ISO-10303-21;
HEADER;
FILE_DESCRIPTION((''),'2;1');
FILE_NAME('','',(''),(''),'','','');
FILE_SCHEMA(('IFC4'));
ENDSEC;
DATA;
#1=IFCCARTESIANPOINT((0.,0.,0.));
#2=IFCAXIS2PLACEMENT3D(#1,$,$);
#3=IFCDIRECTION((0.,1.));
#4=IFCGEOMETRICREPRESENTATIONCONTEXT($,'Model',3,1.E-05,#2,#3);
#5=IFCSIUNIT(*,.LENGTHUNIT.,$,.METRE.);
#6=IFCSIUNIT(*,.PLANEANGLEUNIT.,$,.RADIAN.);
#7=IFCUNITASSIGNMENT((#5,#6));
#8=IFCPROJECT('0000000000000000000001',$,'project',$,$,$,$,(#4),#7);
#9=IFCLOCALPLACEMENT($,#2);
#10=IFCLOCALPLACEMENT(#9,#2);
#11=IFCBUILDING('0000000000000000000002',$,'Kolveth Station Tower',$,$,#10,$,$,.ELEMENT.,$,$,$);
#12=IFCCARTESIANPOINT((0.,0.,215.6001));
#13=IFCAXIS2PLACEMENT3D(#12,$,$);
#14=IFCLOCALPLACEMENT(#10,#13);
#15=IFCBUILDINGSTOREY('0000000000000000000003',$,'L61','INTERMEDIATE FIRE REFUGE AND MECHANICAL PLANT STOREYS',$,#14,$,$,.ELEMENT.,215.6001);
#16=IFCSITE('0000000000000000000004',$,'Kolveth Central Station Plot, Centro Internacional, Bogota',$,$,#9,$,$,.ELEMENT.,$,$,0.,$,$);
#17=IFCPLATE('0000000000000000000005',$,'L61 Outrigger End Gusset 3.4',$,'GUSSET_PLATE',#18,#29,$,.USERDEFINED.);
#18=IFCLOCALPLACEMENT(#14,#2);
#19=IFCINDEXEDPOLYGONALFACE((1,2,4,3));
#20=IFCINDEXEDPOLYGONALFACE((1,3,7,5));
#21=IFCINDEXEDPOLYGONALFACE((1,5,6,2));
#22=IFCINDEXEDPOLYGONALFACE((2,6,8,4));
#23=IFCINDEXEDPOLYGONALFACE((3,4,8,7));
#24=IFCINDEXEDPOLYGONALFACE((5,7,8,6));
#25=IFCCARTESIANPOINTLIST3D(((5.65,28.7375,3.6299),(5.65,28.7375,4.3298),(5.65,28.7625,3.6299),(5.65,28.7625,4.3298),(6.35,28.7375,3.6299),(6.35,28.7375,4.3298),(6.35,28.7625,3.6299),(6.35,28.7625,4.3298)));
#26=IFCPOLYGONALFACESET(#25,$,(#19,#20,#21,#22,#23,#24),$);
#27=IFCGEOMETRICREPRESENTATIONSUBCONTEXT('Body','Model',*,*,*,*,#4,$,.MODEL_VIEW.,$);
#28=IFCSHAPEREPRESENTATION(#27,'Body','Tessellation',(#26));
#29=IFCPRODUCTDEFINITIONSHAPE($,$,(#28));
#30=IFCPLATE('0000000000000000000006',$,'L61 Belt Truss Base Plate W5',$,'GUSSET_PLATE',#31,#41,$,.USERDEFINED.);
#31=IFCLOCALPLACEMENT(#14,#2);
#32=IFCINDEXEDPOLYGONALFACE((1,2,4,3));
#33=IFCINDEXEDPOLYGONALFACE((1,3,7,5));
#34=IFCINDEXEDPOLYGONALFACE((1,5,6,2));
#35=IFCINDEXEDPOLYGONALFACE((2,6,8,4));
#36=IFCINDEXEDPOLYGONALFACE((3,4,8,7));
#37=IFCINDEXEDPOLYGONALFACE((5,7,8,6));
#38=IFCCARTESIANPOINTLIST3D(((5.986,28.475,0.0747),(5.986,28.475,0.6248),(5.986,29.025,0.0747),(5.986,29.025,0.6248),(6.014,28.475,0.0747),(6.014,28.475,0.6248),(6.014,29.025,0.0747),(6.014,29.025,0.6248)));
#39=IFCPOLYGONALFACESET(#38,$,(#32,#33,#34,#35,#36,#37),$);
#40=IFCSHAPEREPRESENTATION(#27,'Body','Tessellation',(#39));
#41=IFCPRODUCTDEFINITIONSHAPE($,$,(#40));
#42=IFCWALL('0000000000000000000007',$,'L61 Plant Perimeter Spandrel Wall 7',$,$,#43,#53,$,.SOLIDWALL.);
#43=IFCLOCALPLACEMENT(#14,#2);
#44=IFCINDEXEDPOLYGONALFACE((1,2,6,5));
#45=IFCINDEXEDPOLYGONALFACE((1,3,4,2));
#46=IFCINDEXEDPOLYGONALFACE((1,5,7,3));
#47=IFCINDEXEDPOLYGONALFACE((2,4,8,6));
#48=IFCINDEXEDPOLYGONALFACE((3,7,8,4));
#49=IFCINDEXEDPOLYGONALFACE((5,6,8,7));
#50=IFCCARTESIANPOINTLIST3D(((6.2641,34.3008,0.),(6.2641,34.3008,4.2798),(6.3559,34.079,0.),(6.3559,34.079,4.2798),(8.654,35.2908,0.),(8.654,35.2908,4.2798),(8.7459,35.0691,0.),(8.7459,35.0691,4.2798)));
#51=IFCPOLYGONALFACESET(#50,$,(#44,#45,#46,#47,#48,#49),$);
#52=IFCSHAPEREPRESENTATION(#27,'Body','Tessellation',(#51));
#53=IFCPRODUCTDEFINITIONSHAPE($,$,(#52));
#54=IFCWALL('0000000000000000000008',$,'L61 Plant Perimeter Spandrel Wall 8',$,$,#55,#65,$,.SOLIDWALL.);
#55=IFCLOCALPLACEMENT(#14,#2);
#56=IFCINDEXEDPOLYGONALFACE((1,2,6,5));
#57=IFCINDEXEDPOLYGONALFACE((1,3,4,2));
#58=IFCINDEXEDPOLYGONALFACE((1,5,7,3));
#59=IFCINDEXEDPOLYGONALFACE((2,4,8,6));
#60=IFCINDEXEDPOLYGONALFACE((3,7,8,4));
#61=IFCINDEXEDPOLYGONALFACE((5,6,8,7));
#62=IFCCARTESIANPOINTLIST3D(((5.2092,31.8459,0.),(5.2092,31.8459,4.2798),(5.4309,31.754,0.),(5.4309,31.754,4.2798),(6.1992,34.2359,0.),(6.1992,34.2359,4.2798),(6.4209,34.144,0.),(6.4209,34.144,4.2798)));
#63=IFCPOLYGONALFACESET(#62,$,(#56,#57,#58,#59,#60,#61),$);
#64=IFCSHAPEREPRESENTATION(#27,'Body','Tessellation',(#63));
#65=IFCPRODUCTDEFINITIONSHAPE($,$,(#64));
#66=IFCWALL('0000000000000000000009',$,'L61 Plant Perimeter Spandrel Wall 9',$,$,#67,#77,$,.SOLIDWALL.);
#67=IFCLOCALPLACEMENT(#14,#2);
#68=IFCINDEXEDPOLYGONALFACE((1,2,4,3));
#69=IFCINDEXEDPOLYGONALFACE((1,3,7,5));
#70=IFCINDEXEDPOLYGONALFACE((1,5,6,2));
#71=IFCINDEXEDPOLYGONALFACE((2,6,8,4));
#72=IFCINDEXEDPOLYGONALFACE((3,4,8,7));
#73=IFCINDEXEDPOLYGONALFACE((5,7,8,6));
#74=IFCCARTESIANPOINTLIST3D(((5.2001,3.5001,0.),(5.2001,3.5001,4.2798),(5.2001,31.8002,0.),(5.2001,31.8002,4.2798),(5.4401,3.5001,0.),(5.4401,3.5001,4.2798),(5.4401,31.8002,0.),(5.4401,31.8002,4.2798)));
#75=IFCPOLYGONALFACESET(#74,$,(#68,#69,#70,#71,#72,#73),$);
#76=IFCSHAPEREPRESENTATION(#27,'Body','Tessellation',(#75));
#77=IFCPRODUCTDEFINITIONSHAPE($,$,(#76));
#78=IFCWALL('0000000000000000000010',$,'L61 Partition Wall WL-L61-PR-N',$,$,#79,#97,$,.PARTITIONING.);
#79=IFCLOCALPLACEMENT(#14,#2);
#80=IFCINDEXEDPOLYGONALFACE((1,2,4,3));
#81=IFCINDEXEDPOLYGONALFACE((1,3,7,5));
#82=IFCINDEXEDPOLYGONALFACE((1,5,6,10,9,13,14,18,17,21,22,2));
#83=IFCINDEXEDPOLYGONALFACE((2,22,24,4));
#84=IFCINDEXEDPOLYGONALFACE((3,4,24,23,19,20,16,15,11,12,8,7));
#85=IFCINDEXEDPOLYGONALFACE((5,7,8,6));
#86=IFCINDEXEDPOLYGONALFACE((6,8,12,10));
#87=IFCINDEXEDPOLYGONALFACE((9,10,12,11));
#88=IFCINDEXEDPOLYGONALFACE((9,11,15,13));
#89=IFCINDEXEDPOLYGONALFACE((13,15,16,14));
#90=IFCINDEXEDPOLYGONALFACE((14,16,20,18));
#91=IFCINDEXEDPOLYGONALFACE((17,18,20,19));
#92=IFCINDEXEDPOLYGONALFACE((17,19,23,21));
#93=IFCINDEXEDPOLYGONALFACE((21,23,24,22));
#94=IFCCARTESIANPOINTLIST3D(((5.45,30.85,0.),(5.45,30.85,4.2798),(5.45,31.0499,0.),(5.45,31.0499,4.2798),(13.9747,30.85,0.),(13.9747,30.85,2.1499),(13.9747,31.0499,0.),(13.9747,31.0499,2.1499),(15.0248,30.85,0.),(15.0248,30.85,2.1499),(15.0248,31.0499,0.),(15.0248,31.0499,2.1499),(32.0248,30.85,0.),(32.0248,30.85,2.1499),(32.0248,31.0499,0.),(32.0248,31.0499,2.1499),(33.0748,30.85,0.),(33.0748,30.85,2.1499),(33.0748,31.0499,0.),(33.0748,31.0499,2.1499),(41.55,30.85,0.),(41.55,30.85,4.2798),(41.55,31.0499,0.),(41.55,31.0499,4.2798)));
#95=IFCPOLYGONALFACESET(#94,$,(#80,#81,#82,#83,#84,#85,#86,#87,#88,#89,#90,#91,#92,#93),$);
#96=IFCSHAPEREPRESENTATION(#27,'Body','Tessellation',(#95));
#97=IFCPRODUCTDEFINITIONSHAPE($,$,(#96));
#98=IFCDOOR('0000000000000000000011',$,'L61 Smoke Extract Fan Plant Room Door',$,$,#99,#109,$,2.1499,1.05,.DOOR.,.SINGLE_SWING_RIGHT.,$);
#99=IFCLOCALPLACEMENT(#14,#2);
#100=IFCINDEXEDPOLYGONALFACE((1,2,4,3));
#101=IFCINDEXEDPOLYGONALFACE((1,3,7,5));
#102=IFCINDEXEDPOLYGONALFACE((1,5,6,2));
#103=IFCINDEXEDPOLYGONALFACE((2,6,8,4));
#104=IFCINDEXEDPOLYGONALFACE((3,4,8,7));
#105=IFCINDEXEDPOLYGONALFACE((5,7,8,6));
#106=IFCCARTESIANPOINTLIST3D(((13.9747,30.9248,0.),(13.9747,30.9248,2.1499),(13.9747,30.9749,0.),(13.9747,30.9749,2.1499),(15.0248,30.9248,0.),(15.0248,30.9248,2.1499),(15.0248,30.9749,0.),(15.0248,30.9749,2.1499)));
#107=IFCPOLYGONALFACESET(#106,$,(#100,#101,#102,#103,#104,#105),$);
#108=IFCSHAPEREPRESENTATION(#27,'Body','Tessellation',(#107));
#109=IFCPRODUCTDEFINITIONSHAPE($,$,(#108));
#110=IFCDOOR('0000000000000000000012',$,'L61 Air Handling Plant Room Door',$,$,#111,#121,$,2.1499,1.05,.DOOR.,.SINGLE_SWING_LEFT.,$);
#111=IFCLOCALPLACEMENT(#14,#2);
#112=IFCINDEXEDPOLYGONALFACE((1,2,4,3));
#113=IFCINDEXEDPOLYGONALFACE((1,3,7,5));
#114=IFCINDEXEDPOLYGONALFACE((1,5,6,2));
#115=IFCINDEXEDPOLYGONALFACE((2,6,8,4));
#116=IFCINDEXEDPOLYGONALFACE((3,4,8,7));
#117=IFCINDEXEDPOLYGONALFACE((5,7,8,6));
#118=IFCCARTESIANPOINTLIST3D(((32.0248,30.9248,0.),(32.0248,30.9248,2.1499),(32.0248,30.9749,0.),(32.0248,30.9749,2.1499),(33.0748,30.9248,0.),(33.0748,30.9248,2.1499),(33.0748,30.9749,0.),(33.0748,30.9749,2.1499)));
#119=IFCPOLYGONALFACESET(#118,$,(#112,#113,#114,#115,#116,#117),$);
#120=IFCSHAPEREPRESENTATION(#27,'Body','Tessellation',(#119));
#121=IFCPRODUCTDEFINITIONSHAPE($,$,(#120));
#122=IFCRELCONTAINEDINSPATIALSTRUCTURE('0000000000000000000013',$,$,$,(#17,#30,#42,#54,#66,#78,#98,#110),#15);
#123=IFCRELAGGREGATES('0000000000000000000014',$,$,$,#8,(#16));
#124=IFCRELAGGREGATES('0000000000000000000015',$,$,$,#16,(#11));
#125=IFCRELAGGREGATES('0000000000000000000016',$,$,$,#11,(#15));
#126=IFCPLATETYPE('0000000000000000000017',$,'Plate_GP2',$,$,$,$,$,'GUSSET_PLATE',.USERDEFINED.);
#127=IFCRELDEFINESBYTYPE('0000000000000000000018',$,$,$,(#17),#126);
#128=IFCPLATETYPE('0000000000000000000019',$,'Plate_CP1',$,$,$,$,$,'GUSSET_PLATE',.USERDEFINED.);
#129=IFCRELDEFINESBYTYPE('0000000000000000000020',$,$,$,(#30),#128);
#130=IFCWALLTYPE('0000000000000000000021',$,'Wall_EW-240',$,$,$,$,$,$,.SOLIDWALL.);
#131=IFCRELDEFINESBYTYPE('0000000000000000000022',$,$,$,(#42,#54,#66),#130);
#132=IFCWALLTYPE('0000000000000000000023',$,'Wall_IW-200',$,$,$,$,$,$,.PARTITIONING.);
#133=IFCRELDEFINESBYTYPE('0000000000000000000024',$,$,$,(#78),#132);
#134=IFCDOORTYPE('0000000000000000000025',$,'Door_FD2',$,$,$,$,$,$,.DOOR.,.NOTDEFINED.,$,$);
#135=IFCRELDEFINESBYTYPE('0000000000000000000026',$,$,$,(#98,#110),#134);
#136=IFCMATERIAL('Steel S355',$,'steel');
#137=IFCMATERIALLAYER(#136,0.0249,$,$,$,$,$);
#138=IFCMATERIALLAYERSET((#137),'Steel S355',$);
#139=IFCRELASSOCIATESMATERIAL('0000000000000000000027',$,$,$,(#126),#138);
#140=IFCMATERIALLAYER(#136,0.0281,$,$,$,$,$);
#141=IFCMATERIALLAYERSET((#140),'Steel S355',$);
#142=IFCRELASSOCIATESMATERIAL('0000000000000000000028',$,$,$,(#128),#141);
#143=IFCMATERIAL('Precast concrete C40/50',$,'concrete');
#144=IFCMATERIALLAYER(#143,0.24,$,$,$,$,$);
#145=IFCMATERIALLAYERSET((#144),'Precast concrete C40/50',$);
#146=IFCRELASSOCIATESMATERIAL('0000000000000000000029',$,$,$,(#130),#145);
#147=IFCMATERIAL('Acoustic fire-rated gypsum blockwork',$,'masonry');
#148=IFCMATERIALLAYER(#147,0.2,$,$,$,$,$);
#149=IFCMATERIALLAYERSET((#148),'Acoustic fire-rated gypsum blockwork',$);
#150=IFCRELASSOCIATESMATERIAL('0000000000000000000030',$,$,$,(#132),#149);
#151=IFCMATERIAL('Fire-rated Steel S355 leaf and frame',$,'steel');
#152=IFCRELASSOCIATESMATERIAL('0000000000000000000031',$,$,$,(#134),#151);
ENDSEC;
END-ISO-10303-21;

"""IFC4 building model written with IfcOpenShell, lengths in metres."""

from ifc_helpers import new_model, si_unit, direction, frame, frame_2d, origin, origin_2d, place, context, subcontext, project, spatial, rectangle, extrude, source, transform, mapped, material, layer, layer_set, type_object, element, fill, save


model = new_model("IFC4")

# Units and contexts
model_context = context("Model", 3, precision=1e-05, world=origin(), true_north=direction((0.0, 1.0)))
body_context = subcontext(model_context, "Body", "Model", "MODEL_VIEW")
ifc_project = project(units=[si_unit("LENGTHUNIT", "METRE"), si_unit("PLANEANGLEUNIT", "RADIAN")], contexts=[model_context])

# Site, building, storey
site_placement = place(None, origin())
site = spatial("IfcSite", under=ifc_project, at=site_placement, Name="Kolveth Central Station Plot, Centro Internacional, Bogota", CompositionType="ELEMENT", RefElevation=0.0)
building_placement = place(site_placement, origin())
building = spatial("IfcBuilding", under=site, at=building_placement, Name="Kolveth Station Tower", CompositionType="ELEMENT")
storey_placement = place(building_placement, frame((0.0, 0.0, 215.6001)))
storey = spatial("IfcBuildingStorey", under=building, at=storey_placement, Name="L61", Description="INTERMEDIATE FIRE REFUGE AND MECHANICAL PLANT STOREYS", CompositionType="ELEMENT", Elevation=215.6001)

# Shared definitions
ifc_material_1 = material(Name="Steel S355", Category="steel")

# Plates
ifc_layer_1 = layer(ifc_material_1, 0.0249)
ifc_layer_set_1 = layer_set([ifc_layer_1], Name="Steel S355")
plate_type_1 = type_object("IfcPlateType", Name="Plate_GP2", ElementType="GUSSET_PLATE", PredefinedType="USERDEFINED", material=ifc_layer_set_1)
shared_shape_1 = source(origin(), body_context, "Body", "SweptSolid", [
    extrude(rectangle(XDim=0.7, YDim=0.0249, at=origin_2d()), origin(), (0.0, 0.0, 1.0), 0.7),
])
for number, where, z_axis, x_axis, name in (
    (1, (6.0, 28.75, 3.6299), (0.0, 0.0, 1.0), (1.0, 0.0, 0.0), "L61 Outrigger End Gusset 3.4"),
):
    element("IfcPlate", number, at=place(storey_placement, frame(where, z_axis=z_axis, x_axis=x_axis)), inside=storey, type_object=plate_type_1, Name=name, ObjectType="GUSSET_PLATE", PredefinedType="USERDEFINED", context=body_context, shape_type="MappedRepresentation", body=[
        mapped(shared_shape_1, transform((0.0, 0.0, 0.0), x_axis=(1.0, 0.0, 0.0), y_axis=(0.0, 1.0, 0.0), z_axis=(0.0, 0.0, 1.0), scale=1.0)),
    ])
ifc_layer_2 = layer(ifc_material_1, 0.0281)
ifc_layer_set_2 = layer_set([ifc_layer_2], Name="Steel S355")
plate_type_2 = type_object("IfcPlateType", Name="Plate_CP1", ElementType="GUSSET_PLATE", PredefinedType="USERDEFINED", material=ifc_layer_set_2)
shared_shape_2 = source(origin(), body_context, "Body", "SweptSolid", [
    extrude(rectangle(XDim=0.0281, YDim=0.55, at=origin_2d()), origin(), (0.0, 0.0, 1.0), 0.55),
])
plate_placement = place(storey_placement, frame((6.0, 28.75, 0.0747), z_axis=(0.0, 0.0, 1.0), x_axis=(1.0, 0.0, 0.0)))
element("IfcPlate", 2, at=plate_placement, inside=storey, type_object=plate_type_2, Name="L61 Belt Truss Base Plate W5", ObjectType="GUSSET_PLATE", PredefinedType="USERDEFINED", context=body_context, shape_type="MappedRepresentation", body=[
    mapped(shared_shape_2, transform((0.0, 0.0, 0.0), x_axis=(1.0, 0.0, 0.0), y_axis=(0.0, 1.0, 0.0), z_axis=(0.0, 0.0, 1.0), scale=1.0)),
])

# Walls
ifc_material_2 = material(Name="Precast concrete C40/50", Category="concrete")
ifc_layer_3 = layer(ifc_material_2, 0.24)
ifc_layer_set_3 = layer_set([ifc_layer_3], Name="Precast concrete C40/50")
wall_type_1 = type_object("IfcWallType", Name="Wall_EW-240", PredefinedType="SOLIDWALL", material=ifc_layer_set_3)
for number, where, z_axis, x_axis, name in (
    (3, (8.7, 35.1799, 0.0), (0.0, 0.0, 1.0), (-0.923871, -0.382705, 0.0), "L61 Plant Perimeter Spandrel Wall 7"),
    (4, (6.3101, 34.1899, 0.0), (0.0, 0.0, 1.0), (-0.382705, -0.923871, 0.0), "L61 Plant Perimeter Spandrel Wall 8"),
):
    element("IfcWall", number, at=place(storey_placement, frame(where, z_axis=z_axis, x_axis=x_axis)), inside=storey, type_object=wall_type_1, Name=name, PredefinedType="SOLIDWALL", context=body_context, shape_type="SweptSolid", body=[
        extrude(rectangle(XDim=2.5869, YDim=0.24, at=frame_2d((1.2935, 0.0))), origin(), (0.0, 0.0, 1.0), 4.2798),
    ])
wall_1_placement = place(storey_placement, frame((5.3201, 31.8, 0.0), z_axis=(0.0, 0.0, 1.0), x_axis=(0.0, -1.0, 0.0)))
element("IfcWall", 5, at=wall_1_placement, inside=storey, type_object=wall_type_1, Name="L61 Plant Perimeter Spandrel Wall 9", PredefinedType="SOLIDWALL", context=body_context, shape_type="SweptSolid", body=[
    extrude(rectangle(XDim=28.3, YDim=0.24, at=frame_2d((14.1499, 0.0))), origin(), (0.0, 0.0, 1.0), 4.2798),
])

# Wall, openings, doors
ifc_material_3 = material(Name="Acoustic fire-rated gypsum blockwork", Category="masonry")
ifc_layer_4 = layer(ifc_material_3, 0.2)
ifc_layer_set_4 = layer_set([ifc_layer_4], Name="Acoustic fire-rated gypsum blockwork")
wall_type_2 = type_object("IfcWallType", Name="Wall_IW-200", PredefinedType="PARTITIONING", material=ifc_layer_set_4)
wall_2_placement = place(storey_placement, frame((5.45, 30.95, 0.0), z_axis=(0.0, 0.0, 1.0), x_axis=(1.0, 0.0, 0.0)))
wall_2 = element("IfcWall", 6, at=wall_2_placement, inside=storey, type_object=wall_type_2, Name="L61 Partition Wall WL-L61-PR-N", PredefinedType="PARTITIONING", context=body_context, shape_type="SweptSolid", body=[
    extrude(rectangle(XDim=36.1001, YDim=0.2, at=frame_2d((18.05, 0.0))), origin(), (0.0, 0.0, 1.0), 4.2798),
])
opening_1_placement = place(wall_2_placement, frame((8.5249, 0.0, 0.0)))
opening_1 = element("IfcOpeningElement", 7, at=opening_1_placement, cuts=wall_2, PredefinedType="OPENING", context=body_context, shape_type="SweptSolid", body=[
    extrude(rectangle(XDim=1.05, YDim=2.1499, at=frame_2d((0.5249, 1.075))), frame((0.0, 0.1099, 0.0), z_axis=(0.0, -1.0, 0.0), x_axis=(1.0, 0.0, 0.0)), (0.0, 0.0, 1.0), 0.22),
])
opening_2_placement = place(wall_2_placement, frame((26.575, 0.0, 0.0)))
opening_2 = element("IfcOpeningElement", 8, at=opening_2_placement, cuts=wall_2, PredefinedType="OPENING", context=body_context, shape_type="SweptSolid", body=[
    extrude(rectangle(XDim=1.05, YDim=2.1499, at=frame_2d((0.5249, 1.075))), frame((0.0, 0.1099, 0.0), z_axis=(0.0, -1.0, 0.0), x_axis=(1.0, 0.0, 0.0)), (0.0, 0.0, 1.0), 0.22),
])
ifc_material_4 = material(Name="Fire-rated Steel S355 leaf and frame", Category="steel")
door_type = type_object("IfcDoorType", Name="Door_FD2", OperationType="NOTDEFINED", PredefinedType="DOOR", material=ifc_material_4)
door_1_placement = place(opening_1_placement, origin())
door_1 = element("IfcDoor", 9, at=door_1_placement, inside=storey, type_object=door_type, Name="L61 Smoke Extract Fan Plant Room Door", OperationType="SINGLE_SWING_RIGHT", OverallHeight=2.1499, OverallWidth=1.05, PredefinedType="DOOR", context=body_context, shape_type="SweptSolid", body=[
    extrude(rectangle(XDim=1.05, YDim=2.1499, at=frame_2d((0.5249, 1.075))), frame((0.0, 0.0249, 0.0), z_axis=(0.0, -1.0, 0.0), x_axis=(1.0, 0.0, 0.0)), (0.0, 0.0, 1.0), 0.05),
])
fill(opening_1, door_1)
door_2_placement = place(opening_2_placement, origin())
door_2 = element("IfcDoor", 10, at=door_2_placement, inside=storey, type_object=door_type, Name="L61 Air Handling Plant Room Door", OperationType="SINGLE_SWING_LEFT", OverallHeight=2.1499, OverallWidth=1.05, PredefinedType="DOOR", context=body_context, shape_type="SweptSolid", body=[
    extrude(rectangle(XDim=1.05, YDim=2.1499, at=frame_2d((0.5249, 1.075))), frame((0.0, 0.0249, 0.0), z_axis=(0.0, -1.0, 0.0), x_axis=(1.0, 0.0, 0.0)), (0.0, 0.0, 1.0), 0.05),
])
fill(opening_2, door_2)

save(model, "model.ifc")
